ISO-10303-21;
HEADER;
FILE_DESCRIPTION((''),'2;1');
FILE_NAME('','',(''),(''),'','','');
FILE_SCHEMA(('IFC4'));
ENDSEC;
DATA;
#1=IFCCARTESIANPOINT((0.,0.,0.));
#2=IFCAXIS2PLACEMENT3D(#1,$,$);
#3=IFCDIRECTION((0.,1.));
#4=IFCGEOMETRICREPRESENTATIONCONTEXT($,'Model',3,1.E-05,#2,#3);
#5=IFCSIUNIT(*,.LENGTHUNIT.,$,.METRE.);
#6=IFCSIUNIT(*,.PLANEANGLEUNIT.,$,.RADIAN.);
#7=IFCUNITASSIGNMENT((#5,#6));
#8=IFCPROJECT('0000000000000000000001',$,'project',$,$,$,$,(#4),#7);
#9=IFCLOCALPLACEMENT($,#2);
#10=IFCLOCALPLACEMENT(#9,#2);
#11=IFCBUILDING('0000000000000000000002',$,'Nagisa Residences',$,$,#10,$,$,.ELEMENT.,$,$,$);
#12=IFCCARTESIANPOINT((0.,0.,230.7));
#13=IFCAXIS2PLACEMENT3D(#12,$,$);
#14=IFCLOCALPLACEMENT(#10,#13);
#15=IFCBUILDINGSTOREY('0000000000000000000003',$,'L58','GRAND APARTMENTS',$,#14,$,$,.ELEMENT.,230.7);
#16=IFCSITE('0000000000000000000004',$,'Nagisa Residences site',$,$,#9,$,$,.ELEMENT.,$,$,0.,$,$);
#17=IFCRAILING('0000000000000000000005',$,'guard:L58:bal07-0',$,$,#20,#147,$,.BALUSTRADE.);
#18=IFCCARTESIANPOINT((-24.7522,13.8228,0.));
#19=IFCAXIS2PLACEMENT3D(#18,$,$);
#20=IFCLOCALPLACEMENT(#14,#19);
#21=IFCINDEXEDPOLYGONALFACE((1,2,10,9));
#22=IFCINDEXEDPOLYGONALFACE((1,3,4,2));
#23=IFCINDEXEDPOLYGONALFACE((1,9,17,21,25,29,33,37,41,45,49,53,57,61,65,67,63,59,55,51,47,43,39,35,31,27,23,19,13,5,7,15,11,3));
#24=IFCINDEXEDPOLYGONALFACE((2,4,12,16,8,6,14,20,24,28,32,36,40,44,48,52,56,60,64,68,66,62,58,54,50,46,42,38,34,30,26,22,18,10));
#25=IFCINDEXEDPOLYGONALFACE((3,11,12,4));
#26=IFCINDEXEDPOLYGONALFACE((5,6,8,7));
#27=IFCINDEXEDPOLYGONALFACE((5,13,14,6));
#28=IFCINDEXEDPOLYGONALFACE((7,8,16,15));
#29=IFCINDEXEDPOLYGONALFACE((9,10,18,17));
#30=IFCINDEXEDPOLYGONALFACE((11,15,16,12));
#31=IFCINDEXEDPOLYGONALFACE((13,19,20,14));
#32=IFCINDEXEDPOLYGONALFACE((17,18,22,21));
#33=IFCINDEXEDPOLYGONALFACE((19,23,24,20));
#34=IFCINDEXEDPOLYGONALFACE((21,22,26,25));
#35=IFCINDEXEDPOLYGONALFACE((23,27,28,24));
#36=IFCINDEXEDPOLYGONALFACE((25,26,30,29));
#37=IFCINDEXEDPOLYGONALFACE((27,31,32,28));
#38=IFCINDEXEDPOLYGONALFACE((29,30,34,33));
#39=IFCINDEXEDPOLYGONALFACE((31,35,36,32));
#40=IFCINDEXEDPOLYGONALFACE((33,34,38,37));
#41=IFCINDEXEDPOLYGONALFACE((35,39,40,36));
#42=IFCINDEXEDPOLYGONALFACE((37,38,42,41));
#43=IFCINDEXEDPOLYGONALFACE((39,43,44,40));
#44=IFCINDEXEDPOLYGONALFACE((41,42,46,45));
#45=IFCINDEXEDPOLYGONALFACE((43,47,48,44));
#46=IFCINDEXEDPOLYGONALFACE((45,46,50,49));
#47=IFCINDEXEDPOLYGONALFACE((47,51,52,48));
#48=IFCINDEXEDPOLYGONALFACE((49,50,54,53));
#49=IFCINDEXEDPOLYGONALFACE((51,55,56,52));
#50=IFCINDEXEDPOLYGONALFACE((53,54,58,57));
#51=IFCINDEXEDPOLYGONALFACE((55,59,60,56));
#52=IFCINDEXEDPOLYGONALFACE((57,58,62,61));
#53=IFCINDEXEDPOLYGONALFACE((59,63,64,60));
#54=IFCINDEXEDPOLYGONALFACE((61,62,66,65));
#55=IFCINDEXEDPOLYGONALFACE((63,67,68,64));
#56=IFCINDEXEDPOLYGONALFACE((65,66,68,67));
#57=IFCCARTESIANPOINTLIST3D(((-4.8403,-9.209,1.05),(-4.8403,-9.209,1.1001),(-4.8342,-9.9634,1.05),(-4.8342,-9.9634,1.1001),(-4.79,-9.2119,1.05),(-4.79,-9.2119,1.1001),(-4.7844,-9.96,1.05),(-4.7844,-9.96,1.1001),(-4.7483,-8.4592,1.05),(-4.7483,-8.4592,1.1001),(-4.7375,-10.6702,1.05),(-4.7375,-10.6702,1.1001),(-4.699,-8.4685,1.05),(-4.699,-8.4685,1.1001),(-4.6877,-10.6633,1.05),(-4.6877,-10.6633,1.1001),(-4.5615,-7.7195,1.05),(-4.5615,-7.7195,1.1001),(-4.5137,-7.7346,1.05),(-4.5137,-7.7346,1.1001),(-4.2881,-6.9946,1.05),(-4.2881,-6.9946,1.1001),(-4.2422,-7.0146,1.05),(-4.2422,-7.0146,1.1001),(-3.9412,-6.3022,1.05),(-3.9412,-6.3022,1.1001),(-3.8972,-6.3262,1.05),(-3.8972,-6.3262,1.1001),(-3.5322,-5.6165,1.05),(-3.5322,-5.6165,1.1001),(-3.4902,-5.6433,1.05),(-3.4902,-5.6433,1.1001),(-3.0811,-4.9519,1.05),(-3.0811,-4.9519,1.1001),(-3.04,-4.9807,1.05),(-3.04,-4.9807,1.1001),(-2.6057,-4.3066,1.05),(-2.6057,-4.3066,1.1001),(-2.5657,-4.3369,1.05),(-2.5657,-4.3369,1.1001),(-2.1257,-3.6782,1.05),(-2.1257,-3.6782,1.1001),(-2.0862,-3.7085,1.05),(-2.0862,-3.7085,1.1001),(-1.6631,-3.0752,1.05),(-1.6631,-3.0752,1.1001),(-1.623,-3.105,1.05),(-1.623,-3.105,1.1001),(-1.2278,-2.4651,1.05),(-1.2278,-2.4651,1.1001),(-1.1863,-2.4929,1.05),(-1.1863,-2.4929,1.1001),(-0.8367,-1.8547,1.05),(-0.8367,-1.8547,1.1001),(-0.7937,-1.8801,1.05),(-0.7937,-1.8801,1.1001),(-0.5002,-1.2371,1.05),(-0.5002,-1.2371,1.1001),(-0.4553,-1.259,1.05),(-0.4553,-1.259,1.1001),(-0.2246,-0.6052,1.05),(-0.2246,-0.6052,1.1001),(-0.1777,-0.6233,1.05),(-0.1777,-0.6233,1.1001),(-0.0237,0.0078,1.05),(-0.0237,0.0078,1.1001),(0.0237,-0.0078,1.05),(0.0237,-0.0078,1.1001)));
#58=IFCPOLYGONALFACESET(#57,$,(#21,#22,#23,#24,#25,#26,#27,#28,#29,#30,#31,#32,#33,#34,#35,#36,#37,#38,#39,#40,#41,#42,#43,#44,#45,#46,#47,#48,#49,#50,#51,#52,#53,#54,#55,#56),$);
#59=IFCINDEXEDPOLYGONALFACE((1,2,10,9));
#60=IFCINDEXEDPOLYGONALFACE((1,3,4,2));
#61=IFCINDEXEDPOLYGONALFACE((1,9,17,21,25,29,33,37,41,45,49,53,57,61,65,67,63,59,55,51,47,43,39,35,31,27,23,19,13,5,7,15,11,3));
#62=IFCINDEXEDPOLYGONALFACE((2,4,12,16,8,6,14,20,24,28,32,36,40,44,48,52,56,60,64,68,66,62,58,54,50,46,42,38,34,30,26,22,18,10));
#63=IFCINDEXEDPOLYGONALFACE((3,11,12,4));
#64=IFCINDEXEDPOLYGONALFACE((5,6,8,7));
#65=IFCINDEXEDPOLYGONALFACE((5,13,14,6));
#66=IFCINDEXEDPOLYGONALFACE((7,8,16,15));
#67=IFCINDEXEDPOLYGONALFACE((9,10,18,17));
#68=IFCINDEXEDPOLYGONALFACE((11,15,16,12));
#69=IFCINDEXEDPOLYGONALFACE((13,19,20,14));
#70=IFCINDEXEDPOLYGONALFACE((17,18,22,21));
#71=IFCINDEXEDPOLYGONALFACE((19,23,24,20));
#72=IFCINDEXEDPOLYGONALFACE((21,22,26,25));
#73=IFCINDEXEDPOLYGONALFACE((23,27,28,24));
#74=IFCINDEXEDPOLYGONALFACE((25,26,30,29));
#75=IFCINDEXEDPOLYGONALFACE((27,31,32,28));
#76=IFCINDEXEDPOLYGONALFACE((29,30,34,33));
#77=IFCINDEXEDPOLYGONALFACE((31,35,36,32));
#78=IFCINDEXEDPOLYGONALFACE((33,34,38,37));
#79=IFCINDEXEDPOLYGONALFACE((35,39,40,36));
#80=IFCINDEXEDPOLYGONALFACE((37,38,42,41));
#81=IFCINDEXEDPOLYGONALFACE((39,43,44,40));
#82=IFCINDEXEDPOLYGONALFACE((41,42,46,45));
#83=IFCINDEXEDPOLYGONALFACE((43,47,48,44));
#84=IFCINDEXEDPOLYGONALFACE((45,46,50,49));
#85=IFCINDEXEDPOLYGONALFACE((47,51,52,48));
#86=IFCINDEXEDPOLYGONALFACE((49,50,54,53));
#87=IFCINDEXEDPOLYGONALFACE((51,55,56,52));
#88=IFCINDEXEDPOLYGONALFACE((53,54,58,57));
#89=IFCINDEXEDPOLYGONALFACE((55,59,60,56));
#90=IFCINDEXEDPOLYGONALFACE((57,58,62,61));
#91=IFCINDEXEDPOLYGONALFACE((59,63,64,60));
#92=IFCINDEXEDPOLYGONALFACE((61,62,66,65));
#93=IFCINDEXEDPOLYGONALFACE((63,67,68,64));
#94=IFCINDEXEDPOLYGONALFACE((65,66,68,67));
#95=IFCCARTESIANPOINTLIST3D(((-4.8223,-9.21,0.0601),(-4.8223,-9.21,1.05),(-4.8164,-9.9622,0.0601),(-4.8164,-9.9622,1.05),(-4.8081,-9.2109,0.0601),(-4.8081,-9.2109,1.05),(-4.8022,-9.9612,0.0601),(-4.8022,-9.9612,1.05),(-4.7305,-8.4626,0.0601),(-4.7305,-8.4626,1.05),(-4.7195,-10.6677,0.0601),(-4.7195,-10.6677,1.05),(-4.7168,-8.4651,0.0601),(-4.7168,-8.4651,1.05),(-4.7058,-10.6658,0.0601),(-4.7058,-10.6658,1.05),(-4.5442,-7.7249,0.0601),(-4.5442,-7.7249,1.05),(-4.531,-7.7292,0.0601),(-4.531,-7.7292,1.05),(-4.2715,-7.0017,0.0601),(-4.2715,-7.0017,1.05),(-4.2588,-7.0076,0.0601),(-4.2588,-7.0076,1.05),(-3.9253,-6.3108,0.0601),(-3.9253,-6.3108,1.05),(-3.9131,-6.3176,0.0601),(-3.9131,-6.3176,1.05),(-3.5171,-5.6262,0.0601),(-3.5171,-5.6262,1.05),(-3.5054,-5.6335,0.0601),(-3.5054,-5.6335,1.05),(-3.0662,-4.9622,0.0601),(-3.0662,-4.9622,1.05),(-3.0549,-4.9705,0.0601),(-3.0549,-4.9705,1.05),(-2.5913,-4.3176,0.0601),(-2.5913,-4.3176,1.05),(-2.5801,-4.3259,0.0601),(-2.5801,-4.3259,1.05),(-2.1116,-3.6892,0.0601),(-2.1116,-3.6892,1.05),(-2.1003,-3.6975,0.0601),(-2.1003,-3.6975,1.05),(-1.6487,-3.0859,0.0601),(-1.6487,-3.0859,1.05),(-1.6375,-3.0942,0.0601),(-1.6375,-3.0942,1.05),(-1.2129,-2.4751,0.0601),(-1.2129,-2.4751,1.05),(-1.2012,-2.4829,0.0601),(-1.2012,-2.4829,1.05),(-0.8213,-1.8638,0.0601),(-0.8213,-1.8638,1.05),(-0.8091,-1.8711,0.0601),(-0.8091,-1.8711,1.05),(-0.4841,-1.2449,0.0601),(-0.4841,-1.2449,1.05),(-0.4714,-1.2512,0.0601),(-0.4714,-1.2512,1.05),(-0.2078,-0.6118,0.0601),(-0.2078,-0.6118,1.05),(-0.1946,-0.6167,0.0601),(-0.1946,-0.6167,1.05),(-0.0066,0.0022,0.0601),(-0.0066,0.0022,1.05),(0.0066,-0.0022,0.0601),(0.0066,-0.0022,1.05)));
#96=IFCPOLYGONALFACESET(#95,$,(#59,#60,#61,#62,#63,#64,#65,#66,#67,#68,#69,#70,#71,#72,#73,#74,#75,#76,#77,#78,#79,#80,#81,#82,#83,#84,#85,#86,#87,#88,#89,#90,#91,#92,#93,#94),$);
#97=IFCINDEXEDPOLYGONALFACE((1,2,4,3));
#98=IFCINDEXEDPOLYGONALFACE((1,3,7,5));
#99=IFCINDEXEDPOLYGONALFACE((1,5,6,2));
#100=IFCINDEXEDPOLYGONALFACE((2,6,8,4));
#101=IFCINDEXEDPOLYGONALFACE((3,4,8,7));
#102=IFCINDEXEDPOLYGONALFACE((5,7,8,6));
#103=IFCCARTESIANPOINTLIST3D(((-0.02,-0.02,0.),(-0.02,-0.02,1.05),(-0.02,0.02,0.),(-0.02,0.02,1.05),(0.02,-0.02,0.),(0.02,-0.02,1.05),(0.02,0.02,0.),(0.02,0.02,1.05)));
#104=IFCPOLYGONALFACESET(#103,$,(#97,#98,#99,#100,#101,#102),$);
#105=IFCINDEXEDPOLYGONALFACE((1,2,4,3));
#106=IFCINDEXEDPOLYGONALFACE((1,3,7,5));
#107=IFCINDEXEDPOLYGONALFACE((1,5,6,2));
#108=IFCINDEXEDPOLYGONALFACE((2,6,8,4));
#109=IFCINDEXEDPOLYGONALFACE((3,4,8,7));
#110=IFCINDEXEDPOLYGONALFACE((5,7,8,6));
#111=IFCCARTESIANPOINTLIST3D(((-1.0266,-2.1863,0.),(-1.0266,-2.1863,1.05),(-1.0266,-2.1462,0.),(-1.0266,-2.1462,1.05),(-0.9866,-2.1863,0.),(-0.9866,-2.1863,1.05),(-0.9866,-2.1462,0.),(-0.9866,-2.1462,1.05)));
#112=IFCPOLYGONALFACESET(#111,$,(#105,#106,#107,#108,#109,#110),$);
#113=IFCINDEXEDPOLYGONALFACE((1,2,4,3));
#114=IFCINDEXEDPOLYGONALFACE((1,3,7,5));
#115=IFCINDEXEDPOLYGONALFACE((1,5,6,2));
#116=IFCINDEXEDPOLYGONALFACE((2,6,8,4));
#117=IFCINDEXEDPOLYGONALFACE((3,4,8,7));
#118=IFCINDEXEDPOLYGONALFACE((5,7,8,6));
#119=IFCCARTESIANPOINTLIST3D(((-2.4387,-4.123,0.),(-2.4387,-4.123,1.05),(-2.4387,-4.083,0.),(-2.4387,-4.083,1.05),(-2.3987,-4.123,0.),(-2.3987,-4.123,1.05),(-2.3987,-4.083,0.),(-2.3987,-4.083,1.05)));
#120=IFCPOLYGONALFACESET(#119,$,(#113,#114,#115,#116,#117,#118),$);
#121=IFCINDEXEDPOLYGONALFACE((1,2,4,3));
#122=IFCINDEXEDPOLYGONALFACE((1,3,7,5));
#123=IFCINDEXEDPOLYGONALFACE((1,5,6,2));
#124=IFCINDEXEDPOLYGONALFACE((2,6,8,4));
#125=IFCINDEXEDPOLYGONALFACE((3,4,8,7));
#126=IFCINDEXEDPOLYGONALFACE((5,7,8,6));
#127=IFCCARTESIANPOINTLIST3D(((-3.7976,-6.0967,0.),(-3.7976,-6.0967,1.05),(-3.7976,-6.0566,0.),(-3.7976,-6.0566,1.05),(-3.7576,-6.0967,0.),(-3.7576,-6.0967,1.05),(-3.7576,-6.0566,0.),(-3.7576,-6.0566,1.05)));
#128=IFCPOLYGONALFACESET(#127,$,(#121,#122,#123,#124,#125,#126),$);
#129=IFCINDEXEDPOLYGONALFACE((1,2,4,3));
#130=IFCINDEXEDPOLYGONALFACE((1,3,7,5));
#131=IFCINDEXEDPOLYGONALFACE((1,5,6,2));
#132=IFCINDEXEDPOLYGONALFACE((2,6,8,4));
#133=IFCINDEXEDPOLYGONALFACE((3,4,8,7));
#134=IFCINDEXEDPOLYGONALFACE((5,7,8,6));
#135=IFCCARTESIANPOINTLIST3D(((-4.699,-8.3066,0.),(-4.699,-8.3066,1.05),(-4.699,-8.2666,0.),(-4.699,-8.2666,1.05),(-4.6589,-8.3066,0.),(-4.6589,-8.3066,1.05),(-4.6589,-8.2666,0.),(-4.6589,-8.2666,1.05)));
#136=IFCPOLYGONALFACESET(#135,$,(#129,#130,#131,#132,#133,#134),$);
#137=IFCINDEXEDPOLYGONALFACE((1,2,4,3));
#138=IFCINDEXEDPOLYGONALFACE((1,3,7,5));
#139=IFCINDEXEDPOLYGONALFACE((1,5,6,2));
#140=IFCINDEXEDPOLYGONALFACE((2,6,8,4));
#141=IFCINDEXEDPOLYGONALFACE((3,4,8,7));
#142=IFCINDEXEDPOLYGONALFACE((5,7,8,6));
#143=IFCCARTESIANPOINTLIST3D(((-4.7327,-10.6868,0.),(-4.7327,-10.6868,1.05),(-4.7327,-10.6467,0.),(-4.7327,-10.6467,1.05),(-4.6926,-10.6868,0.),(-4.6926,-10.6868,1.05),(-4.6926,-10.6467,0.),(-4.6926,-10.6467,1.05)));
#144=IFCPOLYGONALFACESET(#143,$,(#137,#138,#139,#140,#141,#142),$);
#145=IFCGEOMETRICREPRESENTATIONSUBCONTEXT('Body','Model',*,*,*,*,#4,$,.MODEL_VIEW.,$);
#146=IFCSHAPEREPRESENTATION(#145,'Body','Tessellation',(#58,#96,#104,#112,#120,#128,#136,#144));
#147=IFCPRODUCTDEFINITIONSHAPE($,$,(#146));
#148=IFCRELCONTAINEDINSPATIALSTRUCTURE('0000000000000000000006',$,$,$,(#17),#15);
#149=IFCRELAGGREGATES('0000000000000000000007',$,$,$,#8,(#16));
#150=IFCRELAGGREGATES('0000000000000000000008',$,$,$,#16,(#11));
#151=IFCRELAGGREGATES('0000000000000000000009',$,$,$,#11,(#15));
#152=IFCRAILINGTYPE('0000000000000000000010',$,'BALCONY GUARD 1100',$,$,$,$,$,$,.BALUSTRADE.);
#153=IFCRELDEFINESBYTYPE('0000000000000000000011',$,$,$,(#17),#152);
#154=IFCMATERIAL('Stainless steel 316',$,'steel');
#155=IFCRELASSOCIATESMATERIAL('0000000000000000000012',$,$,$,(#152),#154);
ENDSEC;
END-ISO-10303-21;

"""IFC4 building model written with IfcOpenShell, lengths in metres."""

from ifc_helpers import new_model, si_unit, direction, frame, origin, origin_2d, place, context, subcontext, project, spatial, polyline, rectangle, outline, extrude, material, type_object, element, save


model = new_model("IFC4")

# Units and contexts
model_context = context("Model", 3, precision=1e-05, world=origin(), true_north=direction((0.0, 1.0)))
body_context = subcontext(model_context, "Body", "Model", "MODEL_VIEW")
ifc_project = project(units=[si_unit("LENGTHUNIT", "METRE"), si_unit("PLANEANGLEUNIT", "RADIAN")], contexts=[model_context])

# Site, building, storey
site_placement = place(None, origin())
site = spatial("IfcSite", under=ifc_project, at=site_placement, Name="Nagisa Residences site", CompositionType="ELEMENT", RefElevation=0.0)
building_placement = place(site_placement, origin())
building = spatial("IfcBuilding", under=site, at=building_placement, Name="Nagisa Residences", CompositionType="ELEMENT")
storey_placement = place(building_placement, frame((0.0, 0.0, 230.7)))
storey = spatial("IfcBuildingStorey", under=building, at=storey_placement, Name="L58", Description="GRAND APARTMENTS", CompositionType="ELEMENT", Elevation=230.7)

# Railing
ifc_material_1 = material(Name="Stainless steel 316", Category="steel")
railing_type = type_object("IfcRailingType", Name="BALCONY GUARD 1100", PredefinedType="BALUSTRADE", material=ifc_material_1)
railing_1_placement = place(storey_placement, frame((-24.7522, 13.8228, 0.0)))
element("IfcRailing", 1, at=railing_1_placement, inside=storey, type_object=railing_type, Name="guard:L58:bal07-0", PredefinedType="BALUSTRADE", context=body_context, shape_type="SweptSolid", body=[
    extrude(outline(polyline([(-0.1777, -0.6233), (0.0237, -0.0078), (-0.0237, 0.0078), (-0.2246, -0.6052), (-0.5002, -1.2371), (-0.8367, -1.8547), (-1.2278, -2.4651), (-1.6631, -3.0752), (-2.1257, -3.6782), (-2.6057, -4.3066), (-3.0811, -4.9519), (-3.5322, -5.6165), (-3.9412, -6.3022), (-4.2881, -6.9946), (-4.5615, -7.7195), (-4.7483, -8.4592), (-4.8403, -9.209), (-4.8342, -9.9634), (-4.7375, -10.6702), (-4.6877, -10.6633), (-4.7844, -9.96), (-4.79, -9.2119), (-4.699, -8.4685), (-4.5137, -7.7346), (-4.2422, -7.0146), (-3.8972, -6.3262), (-3.4902, -5.6433), (-3.04, -4.9807), (-2.5657, -4.3369), (-2.0862, -3.7085), (-1.623, -3.105), (-1.1863, -2.4929), (-0.7937, -1.8801), (-0.4553, -1.259), (-0.1777, -0.6233)])), frame((0.0, 0.0, 1.05)), (0.0, 0.0, 1.0), 0.05),
    extrude(outline(polyline([(-0.1946, -0.6167), (0.0066, -0.0022), (-0.0066, 0.0022), (-0.2078, -0.6118), (-0.4841, -1.2449), (-0.8213, -1.8638), (-1.2129, -2.4751), (-1.6487, -3.0859), (-2.1116, -3.6892), (-2.5913, -4.3176), (-3.0662, -4.9622), (-3.5171, -5.6262), (-3.9253, -6.3108), (-4.2715, -7.0017), (-4.5442, -7.7249), (-4.7305, -8.4626), (-4.8223, -9.21), (-4.8164, -9.9622), (-4.7195, -10.6677), (-4.7058, -10.6658), (-4.8022, -9.9612), (-4.8081, -9.2109), (-4.7168, -8.4651), (-4.531, -7.7292), (-4.2588, -7.0076), (-3.9131, -6.3176), (-3.5054, -5.6335), (-3.0549, -4.9705), (-2.5801, -4.3259), (-2.1003, -3.6975), (-1.6375, -3.0942), (-1.2012, -2.4829), (-0.8091, -1.8711), (-0.4714, -1.2512), (-0.1946, -0.6167)])), frame((0.0, 0.0, 0.0601)), (0.0, 0.0, 1.0), 0.99),
    extrude(rectangle(XDim=0.04, YDim=0.04, at=origin_2d()), origin(), (0.0, 0.0, 1.0), 1.05),
    extrude(rectangle(XDim=0.04, YDim=0.04, at=origin_2d()), frame((-1.0066, -2.1663, 0.0)), (0.0, 0.0, 1.0), 1.05),
    extrude(rectangle(XDim=0.04, YDim=0.04, at=origin_2d()), frame((-2.4187, -4.103, 0.0)), (0.0, 0.0, 1.0), 1.05),
    extrude(rectangle(XDim=0.04, YDim=0.04, at=origin_2d()), frame((-3.7776, -6.0767, 0.0)), (0.0, 0.0, 1.0), 1.05),
    extrude(rectangle(XDim=0.04, YDim=0.04, at=origin_2d()), frame((-4.679, -8.2866, 0.0)), (0.0, 0.0, 1.0), 1.05),
    extrude(rectangle(XDim=0.04, YDim=0.04, at=origin_2d()), frame((-4.7126, -10.6667, 0.0)), (0.0, 0.0, 1.0), 1.05),
])

save(model, "model.ifc")
